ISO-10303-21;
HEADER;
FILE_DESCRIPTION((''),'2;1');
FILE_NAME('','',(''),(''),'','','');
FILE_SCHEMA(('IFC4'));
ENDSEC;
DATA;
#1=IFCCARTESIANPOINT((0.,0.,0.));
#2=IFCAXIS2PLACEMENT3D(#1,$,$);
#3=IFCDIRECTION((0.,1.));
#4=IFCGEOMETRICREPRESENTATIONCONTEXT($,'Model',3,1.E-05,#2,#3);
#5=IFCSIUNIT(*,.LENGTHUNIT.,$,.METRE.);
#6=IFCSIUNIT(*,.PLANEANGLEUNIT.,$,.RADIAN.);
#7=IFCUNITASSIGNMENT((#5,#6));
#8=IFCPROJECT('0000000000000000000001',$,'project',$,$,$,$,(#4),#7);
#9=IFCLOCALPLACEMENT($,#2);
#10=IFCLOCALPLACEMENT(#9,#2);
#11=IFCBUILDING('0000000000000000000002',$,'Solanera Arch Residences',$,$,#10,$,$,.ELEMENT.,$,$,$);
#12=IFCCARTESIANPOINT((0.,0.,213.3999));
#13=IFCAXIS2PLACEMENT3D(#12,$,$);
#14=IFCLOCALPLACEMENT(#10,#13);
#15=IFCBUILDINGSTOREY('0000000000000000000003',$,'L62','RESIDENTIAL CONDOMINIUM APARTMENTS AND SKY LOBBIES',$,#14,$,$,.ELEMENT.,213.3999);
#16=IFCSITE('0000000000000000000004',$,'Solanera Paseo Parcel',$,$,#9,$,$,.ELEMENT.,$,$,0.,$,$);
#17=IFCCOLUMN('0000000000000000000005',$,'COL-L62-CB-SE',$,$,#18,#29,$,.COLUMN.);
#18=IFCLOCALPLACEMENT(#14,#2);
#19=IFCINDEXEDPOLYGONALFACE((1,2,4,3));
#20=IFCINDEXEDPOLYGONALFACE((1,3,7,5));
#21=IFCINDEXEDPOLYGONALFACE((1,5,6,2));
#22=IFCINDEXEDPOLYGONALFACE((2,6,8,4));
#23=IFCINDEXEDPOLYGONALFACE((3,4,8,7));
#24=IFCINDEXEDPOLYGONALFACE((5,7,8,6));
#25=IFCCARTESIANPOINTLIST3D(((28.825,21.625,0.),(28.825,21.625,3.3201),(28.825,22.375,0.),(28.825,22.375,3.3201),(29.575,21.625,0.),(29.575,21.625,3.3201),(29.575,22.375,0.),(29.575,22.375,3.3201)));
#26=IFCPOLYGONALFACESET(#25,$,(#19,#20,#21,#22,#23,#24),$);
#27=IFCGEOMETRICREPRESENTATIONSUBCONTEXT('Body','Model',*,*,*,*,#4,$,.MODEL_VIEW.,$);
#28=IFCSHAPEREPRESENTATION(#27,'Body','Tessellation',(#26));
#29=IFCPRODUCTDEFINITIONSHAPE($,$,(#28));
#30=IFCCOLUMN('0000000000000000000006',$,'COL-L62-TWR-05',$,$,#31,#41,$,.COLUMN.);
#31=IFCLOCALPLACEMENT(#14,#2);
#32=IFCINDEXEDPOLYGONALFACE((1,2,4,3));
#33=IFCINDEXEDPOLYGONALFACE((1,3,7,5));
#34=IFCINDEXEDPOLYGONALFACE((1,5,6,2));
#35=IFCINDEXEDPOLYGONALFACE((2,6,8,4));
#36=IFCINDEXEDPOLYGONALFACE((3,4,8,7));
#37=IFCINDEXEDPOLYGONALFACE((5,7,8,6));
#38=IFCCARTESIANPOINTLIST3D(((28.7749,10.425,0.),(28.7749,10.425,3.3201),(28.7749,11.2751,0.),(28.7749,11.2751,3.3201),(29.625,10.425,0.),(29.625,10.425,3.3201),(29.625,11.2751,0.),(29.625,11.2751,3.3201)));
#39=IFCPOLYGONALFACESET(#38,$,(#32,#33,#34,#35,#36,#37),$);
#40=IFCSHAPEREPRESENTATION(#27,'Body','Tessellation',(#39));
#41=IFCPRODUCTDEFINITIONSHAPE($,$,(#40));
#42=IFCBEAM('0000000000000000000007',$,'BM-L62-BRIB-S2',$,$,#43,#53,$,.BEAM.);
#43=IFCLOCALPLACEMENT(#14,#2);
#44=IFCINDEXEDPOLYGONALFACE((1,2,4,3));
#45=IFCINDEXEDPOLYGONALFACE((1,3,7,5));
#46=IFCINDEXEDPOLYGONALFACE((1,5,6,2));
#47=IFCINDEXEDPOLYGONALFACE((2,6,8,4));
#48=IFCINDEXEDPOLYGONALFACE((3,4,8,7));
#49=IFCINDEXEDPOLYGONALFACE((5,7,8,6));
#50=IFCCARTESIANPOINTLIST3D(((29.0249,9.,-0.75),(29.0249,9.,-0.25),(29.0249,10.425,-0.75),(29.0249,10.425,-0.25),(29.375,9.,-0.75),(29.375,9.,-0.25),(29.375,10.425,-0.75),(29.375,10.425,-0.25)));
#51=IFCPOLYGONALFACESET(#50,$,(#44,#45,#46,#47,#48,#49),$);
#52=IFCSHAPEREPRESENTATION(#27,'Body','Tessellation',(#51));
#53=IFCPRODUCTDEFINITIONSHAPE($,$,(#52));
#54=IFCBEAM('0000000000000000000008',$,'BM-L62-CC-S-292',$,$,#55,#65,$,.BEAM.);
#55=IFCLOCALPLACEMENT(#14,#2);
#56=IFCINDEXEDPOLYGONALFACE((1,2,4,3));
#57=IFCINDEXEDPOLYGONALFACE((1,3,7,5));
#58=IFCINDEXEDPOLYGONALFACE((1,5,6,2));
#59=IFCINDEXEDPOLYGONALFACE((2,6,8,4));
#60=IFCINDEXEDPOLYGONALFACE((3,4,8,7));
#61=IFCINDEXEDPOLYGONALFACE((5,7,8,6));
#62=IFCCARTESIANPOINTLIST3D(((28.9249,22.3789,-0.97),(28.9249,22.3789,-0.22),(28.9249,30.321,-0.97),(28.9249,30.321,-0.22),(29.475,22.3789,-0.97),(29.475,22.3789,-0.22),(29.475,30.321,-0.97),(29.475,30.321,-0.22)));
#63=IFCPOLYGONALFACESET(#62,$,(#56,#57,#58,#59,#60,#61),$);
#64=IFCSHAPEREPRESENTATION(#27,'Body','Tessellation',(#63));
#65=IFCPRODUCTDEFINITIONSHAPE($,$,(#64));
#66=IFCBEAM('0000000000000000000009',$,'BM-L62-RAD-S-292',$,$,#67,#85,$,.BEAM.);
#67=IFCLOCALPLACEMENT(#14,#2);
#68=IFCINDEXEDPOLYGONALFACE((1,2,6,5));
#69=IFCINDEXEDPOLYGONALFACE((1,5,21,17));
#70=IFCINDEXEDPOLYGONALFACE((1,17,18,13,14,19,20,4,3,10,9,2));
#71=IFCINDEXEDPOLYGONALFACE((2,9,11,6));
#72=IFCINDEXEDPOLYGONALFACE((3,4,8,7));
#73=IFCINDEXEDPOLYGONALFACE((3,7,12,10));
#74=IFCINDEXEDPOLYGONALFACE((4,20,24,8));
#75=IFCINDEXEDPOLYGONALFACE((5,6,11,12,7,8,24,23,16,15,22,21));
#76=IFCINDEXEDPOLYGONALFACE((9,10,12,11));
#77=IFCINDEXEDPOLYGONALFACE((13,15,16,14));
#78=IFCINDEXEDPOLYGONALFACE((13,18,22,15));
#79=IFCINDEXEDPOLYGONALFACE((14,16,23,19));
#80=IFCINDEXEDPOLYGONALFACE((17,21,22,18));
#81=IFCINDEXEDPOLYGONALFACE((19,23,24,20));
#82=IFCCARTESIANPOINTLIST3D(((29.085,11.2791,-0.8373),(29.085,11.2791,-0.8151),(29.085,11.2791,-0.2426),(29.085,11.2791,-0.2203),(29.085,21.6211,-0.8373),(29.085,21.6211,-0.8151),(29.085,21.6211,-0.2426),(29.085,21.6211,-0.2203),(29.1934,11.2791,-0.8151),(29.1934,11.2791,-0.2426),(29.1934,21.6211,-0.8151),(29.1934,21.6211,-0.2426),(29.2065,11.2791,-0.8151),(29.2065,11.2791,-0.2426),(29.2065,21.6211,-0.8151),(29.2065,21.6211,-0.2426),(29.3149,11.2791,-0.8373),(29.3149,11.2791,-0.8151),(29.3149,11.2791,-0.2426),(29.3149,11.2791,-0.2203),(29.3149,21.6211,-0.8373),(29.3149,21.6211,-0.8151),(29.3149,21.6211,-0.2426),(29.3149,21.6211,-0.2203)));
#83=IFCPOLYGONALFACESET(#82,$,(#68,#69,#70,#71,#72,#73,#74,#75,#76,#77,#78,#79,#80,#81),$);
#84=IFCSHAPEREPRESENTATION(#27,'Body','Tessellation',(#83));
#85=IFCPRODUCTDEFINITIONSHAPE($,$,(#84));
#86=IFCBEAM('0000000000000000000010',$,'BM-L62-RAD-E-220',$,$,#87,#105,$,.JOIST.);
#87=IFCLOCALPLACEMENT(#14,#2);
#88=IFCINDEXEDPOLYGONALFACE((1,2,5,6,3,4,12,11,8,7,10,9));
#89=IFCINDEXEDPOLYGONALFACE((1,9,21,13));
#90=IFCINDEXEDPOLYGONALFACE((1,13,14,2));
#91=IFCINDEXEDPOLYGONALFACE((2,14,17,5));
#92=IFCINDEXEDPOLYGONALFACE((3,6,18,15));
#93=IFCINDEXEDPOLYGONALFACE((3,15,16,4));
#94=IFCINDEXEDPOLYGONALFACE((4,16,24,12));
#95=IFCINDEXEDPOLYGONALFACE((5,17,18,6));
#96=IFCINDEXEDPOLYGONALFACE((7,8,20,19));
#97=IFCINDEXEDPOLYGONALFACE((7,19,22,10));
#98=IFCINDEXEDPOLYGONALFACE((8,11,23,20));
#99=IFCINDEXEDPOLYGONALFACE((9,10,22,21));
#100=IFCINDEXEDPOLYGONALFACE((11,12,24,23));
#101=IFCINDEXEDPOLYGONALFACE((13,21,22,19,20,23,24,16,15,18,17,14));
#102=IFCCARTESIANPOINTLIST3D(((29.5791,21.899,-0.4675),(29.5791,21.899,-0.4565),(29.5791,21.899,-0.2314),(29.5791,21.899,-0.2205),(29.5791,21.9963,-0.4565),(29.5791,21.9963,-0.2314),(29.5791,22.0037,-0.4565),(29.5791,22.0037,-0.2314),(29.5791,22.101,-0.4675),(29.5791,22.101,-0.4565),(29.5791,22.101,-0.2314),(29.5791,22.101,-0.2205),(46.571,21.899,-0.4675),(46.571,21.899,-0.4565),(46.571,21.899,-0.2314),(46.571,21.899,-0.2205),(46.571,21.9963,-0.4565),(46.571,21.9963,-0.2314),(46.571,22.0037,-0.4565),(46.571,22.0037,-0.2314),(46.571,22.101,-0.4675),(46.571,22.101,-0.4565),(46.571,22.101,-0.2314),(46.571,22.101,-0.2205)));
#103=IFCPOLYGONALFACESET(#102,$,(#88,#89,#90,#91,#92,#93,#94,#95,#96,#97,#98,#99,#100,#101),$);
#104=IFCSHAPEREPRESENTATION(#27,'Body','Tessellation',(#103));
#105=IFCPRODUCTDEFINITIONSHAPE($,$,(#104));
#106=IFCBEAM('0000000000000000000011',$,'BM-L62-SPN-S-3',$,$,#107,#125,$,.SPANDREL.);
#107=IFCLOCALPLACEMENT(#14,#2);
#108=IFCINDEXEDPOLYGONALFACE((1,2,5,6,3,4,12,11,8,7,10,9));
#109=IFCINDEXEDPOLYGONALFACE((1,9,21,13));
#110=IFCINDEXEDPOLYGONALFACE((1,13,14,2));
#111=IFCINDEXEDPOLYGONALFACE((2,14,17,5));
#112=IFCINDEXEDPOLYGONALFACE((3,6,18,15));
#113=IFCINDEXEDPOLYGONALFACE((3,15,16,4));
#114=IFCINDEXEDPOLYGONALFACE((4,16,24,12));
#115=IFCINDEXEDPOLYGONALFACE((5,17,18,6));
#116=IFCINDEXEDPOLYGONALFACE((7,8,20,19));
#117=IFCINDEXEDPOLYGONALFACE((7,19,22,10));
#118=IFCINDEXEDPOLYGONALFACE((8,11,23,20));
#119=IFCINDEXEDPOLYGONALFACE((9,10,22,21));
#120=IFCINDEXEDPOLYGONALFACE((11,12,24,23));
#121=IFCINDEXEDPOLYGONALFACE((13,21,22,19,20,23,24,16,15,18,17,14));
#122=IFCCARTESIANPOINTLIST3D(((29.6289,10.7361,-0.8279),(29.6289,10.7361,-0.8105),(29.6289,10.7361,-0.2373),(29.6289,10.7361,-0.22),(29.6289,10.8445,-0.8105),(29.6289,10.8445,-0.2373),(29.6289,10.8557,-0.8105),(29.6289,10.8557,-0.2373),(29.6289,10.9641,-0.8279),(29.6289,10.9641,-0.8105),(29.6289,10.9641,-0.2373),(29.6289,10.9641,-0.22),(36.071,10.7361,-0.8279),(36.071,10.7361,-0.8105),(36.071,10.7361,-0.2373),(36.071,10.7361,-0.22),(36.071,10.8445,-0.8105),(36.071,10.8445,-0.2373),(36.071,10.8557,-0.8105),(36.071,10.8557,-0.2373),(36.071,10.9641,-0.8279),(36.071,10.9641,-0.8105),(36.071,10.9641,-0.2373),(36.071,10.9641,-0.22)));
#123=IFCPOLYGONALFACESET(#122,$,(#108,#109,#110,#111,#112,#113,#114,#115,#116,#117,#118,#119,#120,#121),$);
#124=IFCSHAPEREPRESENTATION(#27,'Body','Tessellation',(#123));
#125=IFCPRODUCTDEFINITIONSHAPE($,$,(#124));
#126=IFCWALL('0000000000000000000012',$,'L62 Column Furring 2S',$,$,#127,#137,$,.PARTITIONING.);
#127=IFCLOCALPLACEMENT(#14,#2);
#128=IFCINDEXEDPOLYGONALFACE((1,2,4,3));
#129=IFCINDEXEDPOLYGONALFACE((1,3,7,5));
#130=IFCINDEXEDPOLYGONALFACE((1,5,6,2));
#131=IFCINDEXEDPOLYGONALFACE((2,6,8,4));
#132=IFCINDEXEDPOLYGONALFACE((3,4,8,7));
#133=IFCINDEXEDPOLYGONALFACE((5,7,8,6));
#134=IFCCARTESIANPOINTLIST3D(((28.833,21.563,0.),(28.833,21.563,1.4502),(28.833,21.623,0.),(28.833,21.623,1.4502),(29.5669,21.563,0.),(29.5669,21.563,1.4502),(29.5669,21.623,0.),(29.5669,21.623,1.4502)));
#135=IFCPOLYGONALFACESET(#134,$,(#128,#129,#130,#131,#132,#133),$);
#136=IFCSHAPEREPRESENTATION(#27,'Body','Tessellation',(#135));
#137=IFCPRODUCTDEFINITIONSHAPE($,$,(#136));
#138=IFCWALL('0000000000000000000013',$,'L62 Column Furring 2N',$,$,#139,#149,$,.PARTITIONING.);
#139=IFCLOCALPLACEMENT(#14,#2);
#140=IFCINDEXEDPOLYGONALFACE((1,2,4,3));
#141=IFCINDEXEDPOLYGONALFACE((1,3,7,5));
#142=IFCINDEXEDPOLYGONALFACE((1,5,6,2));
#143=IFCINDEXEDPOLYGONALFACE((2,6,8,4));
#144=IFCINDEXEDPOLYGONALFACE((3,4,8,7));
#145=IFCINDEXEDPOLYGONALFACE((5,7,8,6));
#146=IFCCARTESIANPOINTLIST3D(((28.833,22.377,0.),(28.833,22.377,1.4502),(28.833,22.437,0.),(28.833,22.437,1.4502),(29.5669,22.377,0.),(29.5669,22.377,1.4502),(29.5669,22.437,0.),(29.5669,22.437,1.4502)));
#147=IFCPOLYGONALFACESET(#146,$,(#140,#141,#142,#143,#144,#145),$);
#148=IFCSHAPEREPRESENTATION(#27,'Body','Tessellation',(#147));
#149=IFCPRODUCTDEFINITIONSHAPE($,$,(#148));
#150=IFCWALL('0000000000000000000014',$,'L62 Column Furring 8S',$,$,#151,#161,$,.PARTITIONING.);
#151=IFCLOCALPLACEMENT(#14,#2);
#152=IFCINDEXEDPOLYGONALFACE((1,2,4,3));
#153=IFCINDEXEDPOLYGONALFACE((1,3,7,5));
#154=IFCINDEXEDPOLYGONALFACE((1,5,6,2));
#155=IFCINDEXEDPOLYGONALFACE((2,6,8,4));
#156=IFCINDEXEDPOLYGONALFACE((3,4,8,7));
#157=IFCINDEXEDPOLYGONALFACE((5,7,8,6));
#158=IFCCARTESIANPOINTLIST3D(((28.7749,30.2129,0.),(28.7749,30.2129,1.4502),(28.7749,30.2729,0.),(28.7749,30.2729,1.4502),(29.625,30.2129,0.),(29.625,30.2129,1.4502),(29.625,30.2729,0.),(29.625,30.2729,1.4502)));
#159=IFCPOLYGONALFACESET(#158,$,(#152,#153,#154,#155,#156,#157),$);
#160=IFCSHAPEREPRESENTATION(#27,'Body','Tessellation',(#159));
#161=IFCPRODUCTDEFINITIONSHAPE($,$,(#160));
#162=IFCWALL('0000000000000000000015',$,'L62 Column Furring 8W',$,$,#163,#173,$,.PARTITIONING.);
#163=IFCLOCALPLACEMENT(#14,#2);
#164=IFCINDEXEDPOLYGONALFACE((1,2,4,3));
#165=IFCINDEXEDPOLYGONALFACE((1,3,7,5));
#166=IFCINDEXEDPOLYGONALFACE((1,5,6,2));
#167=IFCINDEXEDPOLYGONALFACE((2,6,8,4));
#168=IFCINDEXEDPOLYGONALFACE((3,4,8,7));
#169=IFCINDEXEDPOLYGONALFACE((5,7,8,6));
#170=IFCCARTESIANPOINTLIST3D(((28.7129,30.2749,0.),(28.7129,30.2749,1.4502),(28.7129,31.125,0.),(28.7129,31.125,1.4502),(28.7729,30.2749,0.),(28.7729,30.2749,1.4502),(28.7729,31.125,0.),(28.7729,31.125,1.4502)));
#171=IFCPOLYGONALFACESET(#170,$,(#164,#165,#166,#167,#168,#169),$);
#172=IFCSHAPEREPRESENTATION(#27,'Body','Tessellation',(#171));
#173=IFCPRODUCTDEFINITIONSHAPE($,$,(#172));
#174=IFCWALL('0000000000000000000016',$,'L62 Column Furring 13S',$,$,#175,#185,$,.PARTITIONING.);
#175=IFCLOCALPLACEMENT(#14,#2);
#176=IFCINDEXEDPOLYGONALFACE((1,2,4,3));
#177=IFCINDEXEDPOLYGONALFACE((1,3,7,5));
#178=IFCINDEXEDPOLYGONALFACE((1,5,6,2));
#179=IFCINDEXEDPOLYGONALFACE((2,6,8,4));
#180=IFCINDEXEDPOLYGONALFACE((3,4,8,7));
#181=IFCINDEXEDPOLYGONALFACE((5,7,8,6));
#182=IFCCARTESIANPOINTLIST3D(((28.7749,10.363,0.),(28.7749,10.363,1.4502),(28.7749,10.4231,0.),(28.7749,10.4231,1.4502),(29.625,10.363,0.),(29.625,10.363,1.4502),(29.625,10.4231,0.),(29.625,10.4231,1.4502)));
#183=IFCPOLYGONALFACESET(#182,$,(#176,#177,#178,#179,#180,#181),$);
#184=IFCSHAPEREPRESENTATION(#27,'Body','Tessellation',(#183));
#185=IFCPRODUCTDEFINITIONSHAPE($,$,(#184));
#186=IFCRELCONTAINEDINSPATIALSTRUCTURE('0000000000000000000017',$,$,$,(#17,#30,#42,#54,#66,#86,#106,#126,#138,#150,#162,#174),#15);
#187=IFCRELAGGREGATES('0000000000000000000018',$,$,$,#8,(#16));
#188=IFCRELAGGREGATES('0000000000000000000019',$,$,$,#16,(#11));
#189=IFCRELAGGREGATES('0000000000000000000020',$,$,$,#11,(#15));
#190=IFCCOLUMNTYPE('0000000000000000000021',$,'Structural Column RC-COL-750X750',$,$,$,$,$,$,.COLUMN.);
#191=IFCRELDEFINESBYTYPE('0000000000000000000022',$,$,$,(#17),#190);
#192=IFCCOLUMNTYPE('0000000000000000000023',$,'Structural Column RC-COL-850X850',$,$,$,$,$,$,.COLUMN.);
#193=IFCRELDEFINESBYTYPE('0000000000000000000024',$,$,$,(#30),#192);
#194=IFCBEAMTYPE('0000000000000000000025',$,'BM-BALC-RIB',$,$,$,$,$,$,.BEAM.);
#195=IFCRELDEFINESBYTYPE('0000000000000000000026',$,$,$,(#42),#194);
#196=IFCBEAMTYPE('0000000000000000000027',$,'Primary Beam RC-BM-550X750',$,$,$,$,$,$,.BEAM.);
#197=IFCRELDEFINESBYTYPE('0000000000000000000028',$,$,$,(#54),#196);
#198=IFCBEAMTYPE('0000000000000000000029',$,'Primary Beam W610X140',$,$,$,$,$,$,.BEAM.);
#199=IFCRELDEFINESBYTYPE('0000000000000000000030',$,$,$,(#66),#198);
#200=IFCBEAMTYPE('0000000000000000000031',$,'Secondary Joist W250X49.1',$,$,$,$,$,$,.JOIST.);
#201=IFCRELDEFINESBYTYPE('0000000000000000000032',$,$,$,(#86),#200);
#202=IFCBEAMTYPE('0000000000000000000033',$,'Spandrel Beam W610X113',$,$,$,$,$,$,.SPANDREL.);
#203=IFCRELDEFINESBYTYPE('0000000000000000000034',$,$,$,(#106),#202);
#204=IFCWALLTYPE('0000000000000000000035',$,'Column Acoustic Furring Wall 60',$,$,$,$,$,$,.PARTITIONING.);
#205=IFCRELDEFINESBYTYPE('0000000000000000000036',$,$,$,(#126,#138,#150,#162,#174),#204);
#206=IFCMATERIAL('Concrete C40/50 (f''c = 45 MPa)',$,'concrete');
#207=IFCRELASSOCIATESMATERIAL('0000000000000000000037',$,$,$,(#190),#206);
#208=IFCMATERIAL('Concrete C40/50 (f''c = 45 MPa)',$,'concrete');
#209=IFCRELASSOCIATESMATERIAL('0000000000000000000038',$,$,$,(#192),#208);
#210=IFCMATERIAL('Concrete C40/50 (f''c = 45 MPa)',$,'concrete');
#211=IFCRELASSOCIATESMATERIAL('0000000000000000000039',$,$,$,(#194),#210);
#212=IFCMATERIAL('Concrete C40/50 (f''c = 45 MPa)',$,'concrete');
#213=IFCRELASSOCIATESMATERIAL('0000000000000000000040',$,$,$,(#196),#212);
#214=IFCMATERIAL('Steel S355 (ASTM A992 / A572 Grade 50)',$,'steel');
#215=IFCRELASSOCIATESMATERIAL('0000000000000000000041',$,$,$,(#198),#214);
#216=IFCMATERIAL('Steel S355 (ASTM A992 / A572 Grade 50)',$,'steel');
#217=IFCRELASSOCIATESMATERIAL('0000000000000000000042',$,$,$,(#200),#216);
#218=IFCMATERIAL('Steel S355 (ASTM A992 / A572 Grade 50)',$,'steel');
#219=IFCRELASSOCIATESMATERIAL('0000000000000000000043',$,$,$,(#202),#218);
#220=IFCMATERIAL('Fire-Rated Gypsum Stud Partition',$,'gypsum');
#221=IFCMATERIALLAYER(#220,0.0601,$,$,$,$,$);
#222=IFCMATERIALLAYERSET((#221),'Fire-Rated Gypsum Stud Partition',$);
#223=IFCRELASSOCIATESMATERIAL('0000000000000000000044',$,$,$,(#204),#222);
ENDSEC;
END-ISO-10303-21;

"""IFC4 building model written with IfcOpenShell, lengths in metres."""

from ifc_helpers import new_model, si_unit, direction, frame, frame_2d, origin, origin_2d, place, context, subcontext, project, spatial, rectangle, i_section, extrude, material, layer, layer_set, material_profile, profile_set, type_object, element, save


model = new_model("IFC4")

# Units and contexts
model_context = context("Model", 3, precision=1e-05, world=origin(), true_north=direction((0.0, 1.0)))
body_context = subcontext(model_context, "Body", "Model", "MODEL_VIEW")
ifc_project = project(units=[si_unit("LENGTHUNIT", "METRE"), si_unit("PLANEANGLEUNIT", "RADIAN")], contexts=[model_context])

# Site, building, storey
site_placement = place(None, origin())
site = spatial("IfcSite", under=ifc_project, at=site_placement, Name="Solanera Paseo Parcel", CompositionType="ELEMENT", RefElevation=0.0)
building_placement = place(site_placement, origin())
building = spatial("IfcBuilding", under=site, at=building_placement, Name="Solanera Arch Residences", CompositionType="ELEMENT")
storey_placement = place(building_placement, frame((0.0, 0.0, 213.3999)))
storey = spatial("IfcBuildingStorey", under=building, at=storey_placement, Name="L62", Description="RESIDENTIAL CONDOMINIUM APARTMENTS AND SKY LOBBIES", CompositionType="ELEMENT", Elevation=213.3999)

# Columns
ifc_material_1 = material(Name="Concrete C40/50 (f'c = 45 MPa)", Category="concrete")
ifc_material_profile_1 = material_profile(ifc_material_1, rectangle(XDim=0.75, YDim=0.75, at=origin_2d()))
ifc_profile_set_1 = profile_set([ifc_material_profile_1], Name="Concrete C40/50 (f'c = 45 MPa)")
column_type_1 = type_object("IfcColumnType", Name="Structural Column RC-COL-750X750", PredefinedType="COLUMN", material=ifc_profile_set_1)
column_1_placement = place(storey_placement, frame((29.2, 22.0, 0.0), z_axis=(0.0, 0.0, 1.0), x_axis=(1.0, 0.0, 0.0)))
element("IfcColumn", 1, at=column_1_placement, inside=storey, type_object=column_type_1, Name="COL-L62-CB-SE", PredefinedType="COLUMN", context=body_context, shape_type="SweptSolid", body=[
    extrude(rectangle(XDim=0.75, YDim=0.75, at=origin_2d()), origin(), (0.0, 0.0, 1.0), 3.3201),
])
ifc_material_2 = material(Name="Concrete C40/50 (f'c = 45 MPa)", Category="concrete")
ifc_material_profile_2 = material_profile(ifc_material_2, rectangle(XDim=0.8501, YDim=0.8501, at=origin_2d()))
ifc_profile_set_2 = profile_set([ifc_material_profile_2], Name="Concrete C40/50 (f'c = 45 MPa)")
column_type_2 = type_object("IfcColumnType", Name="Structural Column RC-COL-850X850", PredefinedType="COLUMN", material=ifc_profile_set_2)
column_2_placement = place(storey_placement, frame((29.2, 10.8501, 0.0), z_axis=(0.0, 0.0, 1.0), x_axis=(1.0, 0.0, 0.0)))
element("IfcColumn", 2, at=column_2_placement, inside=storey, type_object=column_type_2, Name="COL-L62-TWR-05", PredefinedType="COLUMN", context=body_context, shape_type="SweptSolid", body=[
    extrude(rectangle(XDim=0.8501, YDim=0.8501, at=origin_2d()), origin(), (0.0, 0.0, 1.0), 3.3201),
])

# Beams
ifc_material_3 = material(Name="Concrete C40/50 (f'c = 45 MPa)", Category="concrete")
ifc_material_profile_3 = material_profile(ifc_material_3, rectangle(XDim=0.3501, YDim=0.5, at=origin_2d()))
ifc_profile_set_3 = profile_set([ifc_material_profile_3], Name="Concrete C40/50 (f'c = 45 MPa)")
beam_type_1 = type_object("IfcBeamType", Name="BM-BALC-RIB", PredefinedType="BEAM", material=ifc_profile_set_3)
beam_1_placement = place(storey_placement, frame((29.2, 9.0, -0.5), z_axis=(0.0, 1.0, 0.0), x_axis=(-1.0, 0.0, 0.0)))
element("IfcBeam", 3, at=beam_1_placement, inside=storey, type_object=beam_type_1, Name="BM-L62-BRIB-S2", PredefinedType="BEAM", context=body_context, shape_type="SweptSolid", body=[
    extrude(rectangle(XDim=0.3501, YDim=0.5, at=origin_2d()), origin(), (0.0, 0.0, 1.0), 1.425),
])
ifc_material_4 = material(Name="Concrete C40/50 (f'c = 45 MPa)", Category="concrete")
ifc_material_profile_4 = material_profile(ifc_material_4, rectangle(XDim=0.55, YDim=0.75, at=origin_2d()))
ifc_profile_set_4 = profile_set([ifc_material_profile_4], Name="Concrete C40/50 (f'c = 45 MPa)")
beam_type_2 = type_object("IfcBeamType", Name="Primary Beam RC-BM-550X750", PredefinedType="BEAM", material=ifc_profile_set_4)
beam_2_placement = place(storey_placement, frame((29.2, 22.3789, -0.595), z_axis=(0.0, 1.0, 0.0), x_axis=(-1.0, 0.0, 0.0)))
element("IfcBeam", 4, at=beam_2_placement, inside=storey, type_object=beam_type_2, Name="BM-L62-CC-S-292", PredefinedType="BEAM", context=body_context, shape_type="SweptSolid", body=[
    extrude(rectangle(XDim=0.55, YDim=0.75, at=origin_2d()), origin(), (0.0, 0.0, 1.0), 7.9421),
])
ifc_material_5 = material(Name="Steel S355 (ASTM A992 / A572 Grade 50)", Category="steel")
ifc_material_profile_5 = material_profile(ifc_material_5, i_section(OverallWidth=0.23, OverallDepth=0.6169, WebThickness=0.0132, FlangeThickness=0.0222, at=origin_2d()))
ifc_profile_set_5 = profile_set([ifc_material_profile_5], Name="Steel S355 (ASTM A992 / A572 Grade 50)")
beam_type_3 = type_object("IfcBeamType", Name="Primary Beam W610X140", PredefinedType="BEAM", material=ifc_profile_set_5)
beam_3_placement = place(storey_placement, frame((29.2, 11.2791, -0.5288), z_axis=(0.0, 1.0, 0.0), x_axis=(-1.0, 0.0, 0.0)))
element("IfcBeam", 5, at=beam_3_placement, inside=storey, type_object=beam_type_3, Name="BM-L62-RAD-S-292", PredefinedType="BEAM", context=body_context, shape_type="SweptSolid", body=[
    extrude(i_section(OverallWidth=0.23, OverallDepth=0.6169, WebThickness=0.0132, FlangeThickness=0.0222, at=origin_2d()), origin(), (0.0, 0.0, 1.0), 10.342),
])
ifc_material_6 = material(Name="Steel S355 (ASTM A992 / A572 Grade 50)", Category="steel")
ifc_material_profile_6 = material_profile(ifc_material_6, i_section(OverallWidth=0.2019, OverallDepth=0.2471, WebThickness=0.0073, FlangeThickness=0.011, at=origin_2d()))
ifc_profile_set_6 = profile_set([ifc_material_profile_6], Name="Steel S355 (ASTM A992 / A572 Grade 50)")
beam_type_4 = type_object("IfcBeamType", Name="Secondary Joist W250X49.1", PredefinedType="JOIST", material=ifc_profile_set_6)
beam_4_placement = place(storey_placement, frame((29.5791, 22.0, -0.344), z_axis=(1.0, 0.0, 0.0), x_axis=(0.0, 1.0, 0.0)))
element("IfcBeam", 6, at=beam_4_placement, inside=storey, type_object=beam_type_4, Name="BM-L62-RAD-E-220", PredefinedType="JOIST", context=body_context, shape_type="SweptSolid", body=[
    extrude(i_section(OverallWidth=0.2019, OverallDepth=0.2471, WebThickness=0.0073, FlangeThickness=0.011, at=origin_2d()), origin(), (0.0, 0.0, 1.0), 16.9919),
])
ifc_material_7 = material(Name="Steel S355 (ASTM A992 / A572 Grade 50)", Category="steel")
ifc_material_profile_7 = material_profile(ifc_material_7, i_section(OverallWidth=0.228, OverallDepth=0.6079, WebThickness=0.0112, FlangeThickness=0.0173, at=origin_2d()))
ifc_profile_set_7 = profile_set([ifc_material_profile_7], Name="Steel S355 (ASTM A992 / A572 Grade 50)")
beam_type_5 = type_object("IfcBeamType", Name="Spandrel Beam W610X113", PredefinedType="SPANDREL", material=ifc_profile_set_7)
beam_5_placement = place(storey_placement, frame((29.6289, 10.8501, -0.5239), z_axis=(1.0, 0.0, 0.0), x_axis=(0.0, 1.0, 0.0)))
element("IfcBeam", 7, at=beam_5_placement, inside=storey, type_object=beam_type_5, Name="BM-L62-SPN-S-3", PredefinedType="SPANDREL", context=body_context, shape_type="SweptSolid", body=[
    extrude(i_section(OverallWidth=0.228, OverallDepth=0.6079, WebThickness=0.0112, FlangeThickness=0.0173, at=origin_2d()), origin(), (0.0, 0.0, 1.0), 6.4421),
])

# Walls
ifc_material_8 = material(Name="Fire-Rated Gypsum Stud Partition", Category="gypsum")
ifc_layer_1 = layer(ifc_material_8, 0.0601)
ifc_layer_set_1 = layer_set([ifc_layer_1], Name="Fire-Rated Gypsum Stud Partition")
wall_type_1 = type_object("IfcWallType", Name="Column Acoustic Furring Wall 60", PredefinedType="PARTITIONING", material=ifc_layer_set_1)
for number, where, z_axis, x_axis, name in (
    (8, (28.833, 21.593, 0.0), (0.0, 0.0, 1.0), (1.0, 0.0, 0.0), "L62 Column Furring 2S"),
    (9, (28.833, 22.407, 0.0), (0.0, 0.0, 1.0), (1.0, 0.0, 0.0), "L62 Column Furring 2N"),
):
    element("IfcWall", number, at=place(storey_placement, frame(where, z_axis=z_axis, x_axis=x_axis)), inside=storey, type_object=wall_type_1, Name=name, PredefinedType="PARTITIONING", context=body_context, shape_type="SweptSolid", body=[
        extrude(rectangle(XDim=0.7339, YDim=0.0601, at=frame_2d((0.3669, 0.0))), origin(), (0.0, 0.0, 1.0), 1.4502),
    ])
for number, where, z_axis, x_axis, name in (
    (10, (28.7749, 30.2429, 0.0), (0.0, 0.0, 1.0), (1.0, 0.0, 0.0), "L62 Column Furring 8S"),
    (11, (28.7429, 30.2749, 0.0), (0.0, 0.0, 1.0), (0.0, 1.0, 0.0), "L62 Column Furring 8W"),
    (12, (28.7749, 10.3931, 0.0), (0.0, 0.0, 1.0), (1.0, 0.0, 0.0), "L62 Column Furring 13S"),
):
    element("IfcWall", number, at=place(storey_placement, frame(where, z_axis=z_axis, x_axis=x_axis)), inside=storey, type_object=wall_type_1, Name=name, PredefinedType="PARTITIONING", context=body_context, shape_type="SweptSolid", body=[
        extrude(rectangle(XDim=0.8501, YDim=0.0601, at=frame_2d((0.425, 0.0))), origin(), (0.0, 0.0, 1.0), 1.4502),
    ])

save(model, "model.ifc")
